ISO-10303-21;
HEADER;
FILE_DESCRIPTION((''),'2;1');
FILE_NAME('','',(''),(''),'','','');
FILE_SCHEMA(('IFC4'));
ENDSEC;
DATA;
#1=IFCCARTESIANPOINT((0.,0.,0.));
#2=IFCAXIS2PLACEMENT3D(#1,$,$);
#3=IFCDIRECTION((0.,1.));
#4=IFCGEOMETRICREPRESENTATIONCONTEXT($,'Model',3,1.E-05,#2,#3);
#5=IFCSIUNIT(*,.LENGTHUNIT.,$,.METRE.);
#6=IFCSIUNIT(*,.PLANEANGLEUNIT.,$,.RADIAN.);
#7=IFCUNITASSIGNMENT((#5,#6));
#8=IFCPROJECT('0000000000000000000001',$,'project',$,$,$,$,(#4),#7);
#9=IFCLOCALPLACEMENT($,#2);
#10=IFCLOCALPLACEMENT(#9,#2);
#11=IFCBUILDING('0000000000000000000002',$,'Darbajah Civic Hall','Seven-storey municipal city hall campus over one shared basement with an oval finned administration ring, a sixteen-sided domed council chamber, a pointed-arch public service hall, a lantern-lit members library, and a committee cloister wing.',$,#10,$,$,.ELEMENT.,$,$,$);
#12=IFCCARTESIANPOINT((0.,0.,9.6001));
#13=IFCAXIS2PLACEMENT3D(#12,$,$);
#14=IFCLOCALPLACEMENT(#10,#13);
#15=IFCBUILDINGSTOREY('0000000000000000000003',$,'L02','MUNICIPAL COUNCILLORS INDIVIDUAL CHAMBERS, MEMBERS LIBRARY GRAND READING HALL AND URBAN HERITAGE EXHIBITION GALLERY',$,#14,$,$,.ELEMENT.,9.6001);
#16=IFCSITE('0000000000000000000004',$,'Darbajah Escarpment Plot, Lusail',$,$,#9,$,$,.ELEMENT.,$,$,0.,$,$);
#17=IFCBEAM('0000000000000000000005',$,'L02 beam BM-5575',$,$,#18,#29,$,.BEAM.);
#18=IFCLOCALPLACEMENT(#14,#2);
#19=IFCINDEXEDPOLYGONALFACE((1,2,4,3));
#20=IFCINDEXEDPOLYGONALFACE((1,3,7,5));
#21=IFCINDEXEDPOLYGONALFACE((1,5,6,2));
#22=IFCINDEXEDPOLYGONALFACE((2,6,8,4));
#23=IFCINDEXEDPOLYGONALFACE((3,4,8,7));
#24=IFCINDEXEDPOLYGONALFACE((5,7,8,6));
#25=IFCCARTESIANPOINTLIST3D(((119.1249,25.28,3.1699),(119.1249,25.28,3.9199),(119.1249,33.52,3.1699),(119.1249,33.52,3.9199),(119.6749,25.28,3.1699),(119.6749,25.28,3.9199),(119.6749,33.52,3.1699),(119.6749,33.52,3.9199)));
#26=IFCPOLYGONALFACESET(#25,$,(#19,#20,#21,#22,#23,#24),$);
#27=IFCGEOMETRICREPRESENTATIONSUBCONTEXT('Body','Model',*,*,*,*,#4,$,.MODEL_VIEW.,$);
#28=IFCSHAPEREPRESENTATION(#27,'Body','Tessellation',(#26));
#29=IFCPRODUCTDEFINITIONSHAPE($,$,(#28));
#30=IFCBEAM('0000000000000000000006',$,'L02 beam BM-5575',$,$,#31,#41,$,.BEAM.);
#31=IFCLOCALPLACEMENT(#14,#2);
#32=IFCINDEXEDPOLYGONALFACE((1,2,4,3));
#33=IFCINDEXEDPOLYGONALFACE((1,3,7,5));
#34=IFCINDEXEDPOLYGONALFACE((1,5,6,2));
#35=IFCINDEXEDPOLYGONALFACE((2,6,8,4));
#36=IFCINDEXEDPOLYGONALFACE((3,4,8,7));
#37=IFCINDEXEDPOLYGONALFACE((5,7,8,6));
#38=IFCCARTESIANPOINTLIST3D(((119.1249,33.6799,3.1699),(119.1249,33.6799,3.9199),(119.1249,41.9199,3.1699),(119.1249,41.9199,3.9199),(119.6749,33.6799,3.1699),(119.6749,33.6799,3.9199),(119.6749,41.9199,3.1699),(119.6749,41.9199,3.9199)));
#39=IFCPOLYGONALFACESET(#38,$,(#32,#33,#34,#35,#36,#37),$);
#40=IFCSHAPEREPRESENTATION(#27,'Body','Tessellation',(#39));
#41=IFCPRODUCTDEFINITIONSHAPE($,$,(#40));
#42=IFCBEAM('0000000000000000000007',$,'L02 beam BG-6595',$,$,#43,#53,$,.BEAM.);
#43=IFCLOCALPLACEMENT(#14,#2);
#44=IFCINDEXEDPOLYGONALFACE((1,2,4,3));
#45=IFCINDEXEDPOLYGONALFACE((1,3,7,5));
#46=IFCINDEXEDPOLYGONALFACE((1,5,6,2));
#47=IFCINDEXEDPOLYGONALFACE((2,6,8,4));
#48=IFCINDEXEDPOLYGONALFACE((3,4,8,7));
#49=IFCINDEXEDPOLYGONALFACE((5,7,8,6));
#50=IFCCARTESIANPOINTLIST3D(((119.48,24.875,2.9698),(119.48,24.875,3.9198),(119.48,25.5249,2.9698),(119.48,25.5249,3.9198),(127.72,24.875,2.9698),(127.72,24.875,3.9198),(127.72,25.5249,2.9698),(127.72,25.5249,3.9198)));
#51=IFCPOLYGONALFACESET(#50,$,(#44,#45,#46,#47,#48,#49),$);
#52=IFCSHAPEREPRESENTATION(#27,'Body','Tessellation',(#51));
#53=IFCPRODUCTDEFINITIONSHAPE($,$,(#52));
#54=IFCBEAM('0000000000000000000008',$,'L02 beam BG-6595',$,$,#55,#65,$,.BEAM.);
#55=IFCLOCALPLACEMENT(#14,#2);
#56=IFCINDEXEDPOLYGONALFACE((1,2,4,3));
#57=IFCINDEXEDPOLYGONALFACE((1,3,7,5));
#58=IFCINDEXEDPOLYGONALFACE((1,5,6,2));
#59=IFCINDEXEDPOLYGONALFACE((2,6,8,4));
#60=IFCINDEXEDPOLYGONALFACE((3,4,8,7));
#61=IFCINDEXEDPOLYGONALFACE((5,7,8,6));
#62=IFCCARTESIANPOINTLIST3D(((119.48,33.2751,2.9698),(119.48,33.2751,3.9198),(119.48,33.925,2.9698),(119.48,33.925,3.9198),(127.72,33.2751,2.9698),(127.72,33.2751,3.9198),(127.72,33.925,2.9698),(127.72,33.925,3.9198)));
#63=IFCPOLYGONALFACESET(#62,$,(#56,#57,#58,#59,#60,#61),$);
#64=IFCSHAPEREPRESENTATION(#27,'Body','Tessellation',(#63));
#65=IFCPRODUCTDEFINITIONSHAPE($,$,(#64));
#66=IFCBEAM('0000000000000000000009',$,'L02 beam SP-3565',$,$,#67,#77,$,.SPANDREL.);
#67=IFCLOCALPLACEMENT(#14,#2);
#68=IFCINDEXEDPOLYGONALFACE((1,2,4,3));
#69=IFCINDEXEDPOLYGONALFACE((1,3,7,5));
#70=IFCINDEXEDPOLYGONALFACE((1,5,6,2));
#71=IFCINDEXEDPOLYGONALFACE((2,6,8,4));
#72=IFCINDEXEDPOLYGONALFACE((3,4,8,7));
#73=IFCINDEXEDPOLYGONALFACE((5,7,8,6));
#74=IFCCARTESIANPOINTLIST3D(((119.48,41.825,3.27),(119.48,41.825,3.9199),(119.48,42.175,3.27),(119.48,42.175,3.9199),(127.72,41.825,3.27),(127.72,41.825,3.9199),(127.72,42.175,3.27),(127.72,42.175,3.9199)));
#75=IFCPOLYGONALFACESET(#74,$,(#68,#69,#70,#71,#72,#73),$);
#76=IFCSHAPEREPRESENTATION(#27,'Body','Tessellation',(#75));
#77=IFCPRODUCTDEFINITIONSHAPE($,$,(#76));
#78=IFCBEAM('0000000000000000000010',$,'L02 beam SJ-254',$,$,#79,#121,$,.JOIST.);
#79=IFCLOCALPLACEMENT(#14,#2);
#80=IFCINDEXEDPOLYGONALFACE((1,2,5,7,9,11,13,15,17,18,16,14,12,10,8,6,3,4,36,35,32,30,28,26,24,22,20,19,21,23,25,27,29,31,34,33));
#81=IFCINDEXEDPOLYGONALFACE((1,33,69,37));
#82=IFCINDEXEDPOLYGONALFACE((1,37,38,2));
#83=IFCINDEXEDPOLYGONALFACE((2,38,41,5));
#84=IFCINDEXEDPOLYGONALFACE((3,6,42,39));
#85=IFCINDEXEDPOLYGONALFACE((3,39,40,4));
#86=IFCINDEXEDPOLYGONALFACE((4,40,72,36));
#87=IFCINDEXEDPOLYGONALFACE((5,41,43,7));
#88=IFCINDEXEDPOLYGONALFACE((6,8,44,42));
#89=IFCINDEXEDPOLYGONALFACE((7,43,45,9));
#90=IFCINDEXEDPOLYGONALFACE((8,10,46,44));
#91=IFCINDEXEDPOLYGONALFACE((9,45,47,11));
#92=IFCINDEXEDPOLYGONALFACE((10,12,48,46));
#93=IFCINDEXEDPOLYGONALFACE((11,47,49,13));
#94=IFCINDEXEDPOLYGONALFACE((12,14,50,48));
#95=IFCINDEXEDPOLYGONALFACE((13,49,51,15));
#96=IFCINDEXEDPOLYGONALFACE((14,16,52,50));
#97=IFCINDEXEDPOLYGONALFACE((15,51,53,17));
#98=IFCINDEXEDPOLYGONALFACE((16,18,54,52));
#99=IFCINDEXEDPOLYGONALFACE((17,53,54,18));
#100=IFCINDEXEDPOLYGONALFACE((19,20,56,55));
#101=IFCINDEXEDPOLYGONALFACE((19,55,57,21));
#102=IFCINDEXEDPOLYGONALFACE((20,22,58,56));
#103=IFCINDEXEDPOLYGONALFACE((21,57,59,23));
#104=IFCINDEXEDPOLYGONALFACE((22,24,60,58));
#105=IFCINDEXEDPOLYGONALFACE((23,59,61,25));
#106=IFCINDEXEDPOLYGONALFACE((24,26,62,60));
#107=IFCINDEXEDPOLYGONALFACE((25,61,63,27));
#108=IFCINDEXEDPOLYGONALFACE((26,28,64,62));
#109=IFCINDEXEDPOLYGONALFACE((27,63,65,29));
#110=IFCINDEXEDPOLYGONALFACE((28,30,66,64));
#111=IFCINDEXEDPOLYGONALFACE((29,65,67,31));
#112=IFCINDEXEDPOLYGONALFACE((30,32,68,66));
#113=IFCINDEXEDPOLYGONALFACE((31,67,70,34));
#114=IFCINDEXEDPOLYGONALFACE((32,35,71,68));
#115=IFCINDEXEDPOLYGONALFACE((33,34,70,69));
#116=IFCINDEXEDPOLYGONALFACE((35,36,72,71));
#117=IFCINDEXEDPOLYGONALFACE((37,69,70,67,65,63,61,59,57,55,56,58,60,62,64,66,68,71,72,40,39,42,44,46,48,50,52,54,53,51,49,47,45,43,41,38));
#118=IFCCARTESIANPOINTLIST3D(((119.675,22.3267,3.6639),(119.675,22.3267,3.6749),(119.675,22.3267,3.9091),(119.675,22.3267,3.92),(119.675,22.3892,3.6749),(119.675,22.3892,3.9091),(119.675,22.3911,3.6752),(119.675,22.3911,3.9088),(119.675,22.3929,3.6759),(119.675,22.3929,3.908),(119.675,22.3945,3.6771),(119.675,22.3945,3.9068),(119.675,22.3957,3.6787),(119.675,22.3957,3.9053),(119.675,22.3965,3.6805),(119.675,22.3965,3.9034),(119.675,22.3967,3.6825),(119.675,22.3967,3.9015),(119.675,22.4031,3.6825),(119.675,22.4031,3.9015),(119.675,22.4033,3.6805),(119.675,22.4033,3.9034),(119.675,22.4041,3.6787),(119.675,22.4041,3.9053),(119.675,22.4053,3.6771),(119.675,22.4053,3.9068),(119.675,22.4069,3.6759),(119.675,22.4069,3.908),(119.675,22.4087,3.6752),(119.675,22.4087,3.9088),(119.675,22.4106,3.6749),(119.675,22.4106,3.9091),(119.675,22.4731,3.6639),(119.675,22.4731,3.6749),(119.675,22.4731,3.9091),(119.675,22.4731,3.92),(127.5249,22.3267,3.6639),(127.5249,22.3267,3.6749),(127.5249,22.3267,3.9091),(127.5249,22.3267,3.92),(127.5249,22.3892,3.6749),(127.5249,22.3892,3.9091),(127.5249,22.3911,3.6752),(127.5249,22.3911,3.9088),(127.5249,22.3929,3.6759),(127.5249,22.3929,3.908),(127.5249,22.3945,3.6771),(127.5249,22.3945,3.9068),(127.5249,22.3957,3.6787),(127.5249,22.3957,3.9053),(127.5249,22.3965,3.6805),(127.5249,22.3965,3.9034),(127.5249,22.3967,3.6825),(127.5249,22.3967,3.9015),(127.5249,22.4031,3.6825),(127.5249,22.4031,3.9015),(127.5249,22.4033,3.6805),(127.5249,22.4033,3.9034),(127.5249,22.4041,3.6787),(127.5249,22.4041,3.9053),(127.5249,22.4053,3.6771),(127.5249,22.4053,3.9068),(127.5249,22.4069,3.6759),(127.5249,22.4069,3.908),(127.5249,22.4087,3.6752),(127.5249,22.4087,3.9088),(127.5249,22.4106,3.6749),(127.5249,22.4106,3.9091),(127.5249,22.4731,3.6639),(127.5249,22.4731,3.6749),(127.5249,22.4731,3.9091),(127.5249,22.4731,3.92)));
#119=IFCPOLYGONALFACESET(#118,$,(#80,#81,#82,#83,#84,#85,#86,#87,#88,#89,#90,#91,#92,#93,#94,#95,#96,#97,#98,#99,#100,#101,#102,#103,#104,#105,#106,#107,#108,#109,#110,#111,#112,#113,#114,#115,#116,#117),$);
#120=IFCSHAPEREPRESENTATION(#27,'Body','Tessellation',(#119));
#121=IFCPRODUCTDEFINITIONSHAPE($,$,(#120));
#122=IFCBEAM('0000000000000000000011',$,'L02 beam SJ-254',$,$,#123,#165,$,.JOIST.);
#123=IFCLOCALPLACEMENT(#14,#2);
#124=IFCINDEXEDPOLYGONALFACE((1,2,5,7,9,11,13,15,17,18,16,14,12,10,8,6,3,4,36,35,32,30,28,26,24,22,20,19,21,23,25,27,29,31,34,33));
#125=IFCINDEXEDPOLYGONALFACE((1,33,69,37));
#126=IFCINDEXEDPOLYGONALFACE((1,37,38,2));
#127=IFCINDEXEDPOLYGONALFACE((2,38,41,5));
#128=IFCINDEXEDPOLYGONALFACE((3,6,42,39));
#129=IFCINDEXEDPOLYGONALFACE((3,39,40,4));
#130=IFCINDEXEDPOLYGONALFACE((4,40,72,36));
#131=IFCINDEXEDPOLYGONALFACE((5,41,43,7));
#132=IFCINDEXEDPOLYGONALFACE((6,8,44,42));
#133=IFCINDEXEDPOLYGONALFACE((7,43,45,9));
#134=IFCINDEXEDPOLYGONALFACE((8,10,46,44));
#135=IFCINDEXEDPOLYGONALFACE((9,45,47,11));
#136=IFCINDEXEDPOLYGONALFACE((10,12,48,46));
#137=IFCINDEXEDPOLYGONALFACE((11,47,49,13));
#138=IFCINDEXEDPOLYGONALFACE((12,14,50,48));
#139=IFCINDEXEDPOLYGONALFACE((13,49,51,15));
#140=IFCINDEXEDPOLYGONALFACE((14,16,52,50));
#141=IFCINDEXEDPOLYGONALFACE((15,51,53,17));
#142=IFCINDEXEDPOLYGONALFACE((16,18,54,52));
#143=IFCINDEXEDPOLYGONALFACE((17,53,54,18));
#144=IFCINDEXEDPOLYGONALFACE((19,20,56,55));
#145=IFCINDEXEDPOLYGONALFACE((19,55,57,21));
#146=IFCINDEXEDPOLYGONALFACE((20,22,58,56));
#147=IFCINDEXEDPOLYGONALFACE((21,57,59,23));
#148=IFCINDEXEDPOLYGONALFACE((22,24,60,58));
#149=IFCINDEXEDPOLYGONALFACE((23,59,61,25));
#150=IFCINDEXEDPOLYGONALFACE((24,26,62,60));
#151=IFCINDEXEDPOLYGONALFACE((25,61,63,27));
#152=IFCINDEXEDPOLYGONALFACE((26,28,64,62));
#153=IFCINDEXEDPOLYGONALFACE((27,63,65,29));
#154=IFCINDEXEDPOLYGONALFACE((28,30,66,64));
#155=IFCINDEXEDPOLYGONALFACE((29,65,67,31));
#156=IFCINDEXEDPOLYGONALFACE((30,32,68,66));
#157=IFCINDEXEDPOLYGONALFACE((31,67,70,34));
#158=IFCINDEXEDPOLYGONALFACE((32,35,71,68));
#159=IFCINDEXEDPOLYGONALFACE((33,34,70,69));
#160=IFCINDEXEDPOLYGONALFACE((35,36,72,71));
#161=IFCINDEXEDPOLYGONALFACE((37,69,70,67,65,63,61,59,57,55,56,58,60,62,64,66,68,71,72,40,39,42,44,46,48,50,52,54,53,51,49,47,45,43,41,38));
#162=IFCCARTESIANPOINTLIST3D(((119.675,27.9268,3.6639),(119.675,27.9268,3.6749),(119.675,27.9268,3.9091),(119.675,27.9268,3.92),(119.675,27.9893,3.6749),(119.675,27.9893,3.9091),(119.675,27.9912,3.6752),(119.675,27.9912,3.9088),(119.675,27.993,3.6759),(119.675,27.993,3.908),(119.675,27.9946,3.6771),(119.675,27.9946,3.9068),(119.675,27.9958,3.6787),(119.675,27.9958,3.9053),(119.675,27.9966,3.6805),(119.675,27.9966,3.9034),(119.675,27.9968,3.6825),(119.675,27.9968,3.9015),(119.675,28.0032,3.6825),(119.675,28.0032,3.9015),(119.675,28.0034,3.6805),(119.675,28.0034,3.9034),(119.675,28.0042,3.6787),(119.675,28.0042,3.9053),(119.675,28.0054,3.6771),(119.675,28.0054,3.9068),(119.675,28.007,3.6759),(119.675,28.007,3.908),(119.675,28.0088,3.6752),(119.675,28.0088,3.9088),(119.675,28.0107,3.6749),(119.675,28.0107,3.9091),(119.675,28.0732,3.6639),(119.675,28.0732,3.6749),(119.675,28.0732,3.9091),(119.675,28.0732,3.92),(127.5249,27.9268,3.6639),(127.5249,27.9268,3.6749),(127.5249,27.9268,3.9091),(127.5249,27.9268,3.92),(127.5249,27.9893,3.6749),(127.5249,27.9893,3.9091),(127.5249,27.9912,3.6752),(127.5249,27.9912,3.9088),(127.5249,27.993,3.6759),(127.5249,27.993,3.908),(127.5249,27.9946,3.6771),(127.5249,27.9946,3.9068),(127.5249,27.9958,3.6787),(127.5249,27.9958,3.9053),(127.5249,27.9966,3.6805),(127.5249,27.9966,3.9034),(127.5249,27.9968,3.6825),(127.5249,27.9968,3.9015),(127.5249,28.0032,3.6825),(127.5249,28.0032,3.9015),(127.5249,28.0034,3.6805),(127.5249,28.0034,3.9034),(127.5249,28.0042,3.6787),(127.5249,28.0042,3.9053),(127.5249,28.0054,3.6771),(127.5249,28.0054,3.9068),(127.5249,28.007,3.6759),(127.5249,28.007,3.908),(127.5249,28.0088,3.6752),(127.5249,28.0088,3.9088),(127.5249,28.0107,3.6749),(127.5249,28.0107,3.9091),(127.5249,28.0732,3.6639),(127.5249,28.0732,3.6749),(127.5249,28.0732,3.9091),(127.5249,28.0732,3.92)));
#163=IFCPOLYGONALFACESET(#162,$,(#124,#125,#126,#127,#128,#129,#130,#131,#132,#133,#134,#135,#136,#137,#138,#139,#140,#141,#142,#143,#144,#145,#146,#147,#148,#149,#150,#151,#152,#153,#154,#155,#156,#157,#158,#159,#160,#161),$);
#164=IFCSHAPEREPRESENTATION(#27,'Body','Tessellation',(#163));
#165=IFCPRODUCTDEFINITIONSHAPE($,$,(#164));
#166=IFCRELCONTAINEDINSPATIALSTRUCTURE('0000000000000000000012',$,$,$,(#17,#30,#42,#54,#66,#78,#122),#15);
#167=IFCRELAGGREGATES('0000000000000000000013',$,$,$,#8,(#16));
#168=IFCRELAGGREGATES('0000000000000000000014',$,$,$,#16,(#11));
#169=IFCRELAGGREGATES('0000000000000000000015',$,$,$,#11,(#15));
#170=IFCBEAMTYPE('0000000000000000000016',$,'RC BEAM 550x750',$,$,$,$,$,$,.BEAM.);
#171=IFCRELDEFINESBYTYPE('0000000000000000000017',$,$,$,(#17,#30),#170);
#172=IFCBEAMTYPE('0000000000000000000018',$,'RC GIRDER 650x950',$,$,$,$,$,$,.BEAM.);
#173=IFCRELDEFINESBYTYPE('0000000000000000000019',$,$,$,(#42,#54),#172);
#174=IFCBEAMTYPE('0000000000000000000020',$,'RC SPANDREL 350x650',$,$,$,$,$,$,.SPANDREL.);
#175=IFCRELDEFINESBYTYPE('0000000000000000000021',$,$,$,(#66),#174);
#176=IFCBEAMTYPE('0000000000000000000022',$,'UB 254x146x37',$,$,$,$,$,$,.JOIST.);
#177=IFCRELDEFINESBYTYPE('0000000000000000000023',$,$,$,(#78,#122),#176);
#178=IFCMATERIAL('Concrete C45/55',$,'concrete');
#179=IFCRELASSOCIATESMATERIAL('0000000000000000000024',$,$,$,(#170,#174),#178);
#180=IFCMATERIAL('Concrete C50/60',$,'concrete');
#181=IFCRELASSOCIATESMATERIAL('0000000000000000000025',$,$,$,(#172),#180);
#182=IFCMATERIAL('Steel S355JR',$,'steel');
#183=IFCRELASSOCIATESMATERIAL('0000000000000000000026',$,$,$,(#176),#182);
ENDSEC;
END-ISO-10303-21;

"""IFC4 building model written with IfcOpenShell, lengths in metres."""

from ifc_helpers import new_model, si_unit, direction, frame, origin, origin_2d, place, context, subcontext, project, spatial, rectangle, i_section, extrude, material, material_profile, profile_set, type_object, element, save


model = new_model("IFC4")

# Units and contexts
model_context = context("Model", 3, precision=1e-05, world=origin(), true_north=direction((0.0, 1.0)))
body_context = subcontext(model_context, "Body", "Model", "MODEL_VIEW")
ifc_project = project(units=[si_unit("LENGTHUNIT", "METRE"), si_unit("PLANEANGLEUNIT", "RADIAN")], contexts=[model_context])

# Site, building, storey
site_placement = place(None, origin())
site = spatial("IfcSite", under=ifc_project, at=site_placement, Name="Darbajah Escarpment Plot, Lusail", CompositionType="ELEMENT", RefElevation=0.0)
building_placement = place(site_placement, origin())
building = spatial("IfcBuilding", under=site, at=building_placement, Name="Darbajah Civic Hall", Description="Seven-storey municipal city hall campus over one shared basement with an oval finned administration ring, a sixteen-sided domed council chamber, a pointed-arch public service hall, a lantern-lit members library, and a committee cloister wing.", CompositionType="ELEMENT")
storey_placement = place(building_placement, frame((0.0, 0.0, 9.6001)))
storey = spatial("IfcBuildingStorey", under=building, at=storey_placement, Name="L02", Description="MUNICIPAL COUNCILLORS INDIVIDUAL CHAMBERS, MEMBERS LIBRARY GRAND READING HALL AND URBAN HERITAGE EXHIBITION GALLERY", CompositionType="ELEMENT", Elevation=9.6001)

# Shared definitions
ifc_material_1 = material(Name="Steel S355JR", Category="steel")

# Beams
ifc_material_2 = material(Name="Concrete C45/55", Category="concrete")
ifc_material_profile_1 = material_profile(ifc_material_2, rectangle(XDim=0.55, YDim=0.75, at=origin_2d()), Name="RC BEAM 550x750")
ifc_profile_set_1 = profile_set([ifc_material_profile_1], Name="Concrete C45/55")
beam_type_1 = type_object("IfcBeamType", Name="RC BEAM 550x750", PredefinedType="BEAM", material=ifc_profile_set_1)
for number, where, z_axis, x_axis, name in (
    (1, (119.3999, 25.28, 3.5449), (0.0, 1.0, 0.0), (-1.0, 0.0, 0.0), "L02 beam BM-5575"),
    (2, (119.3999, 33.6799, 3.5449), (0.0, 1.0, 0.0), (-1.0, 0.0, 0.0), "L02 beam BM-5575"),
):
    element("IfcBeam", number, at=place(storey_placement, frame(where, z_axis=z_axis, x_axis=x_axis)), inside=storey, type_object=beam_type_1, Name=name, PredefinedType="BEAM", context=body_context, shape_type="SweptSolid", body=[
        extrude(rectangle(XDim=0.55, YDim=0.75, at=origin_2d()), origin(), (0.0, 0.0, 1.0), 8.24),
    ])
ifc_material_3 = material(Name="Concrete C50/60", Category="concrete")
ifc_material_profile_2 = material_profile(ifc_material_3, rectangle(XDim=0.6499, YDim=0.95, at=origin_2d()), Name="RC GIRDER 650x950")
ifc_profile_set_2 = profile_set([ifc_material_profile_2], Name="Concrete C50/60")
beam_type_2 = type_object("IfcBeamType", Name="RC GIRDER 650x950", PredefinedType="BEAM", material=ifc_profile_set_2)
for number, where, z_axis, x_axis, name in (
    (3, (119.48, 25.2, 3.4448), (1.0, 0.0, 0.0), (0.0, 1.0, 0.0), "L02 beam BG-6595"),
    (4, (119.48, 33.6001, 3.4448), (1.0, 0.0, 0.0), (0.0, 1.0, 0.0), "L02 beam BG-6595"),
):
    element("IfcBeam", number, at=place(storey_placement, frame(where, z_axis=z_axis, x_axis=x_axis)), inside=storey, type_object=beam_type_2, Name=name, PredefinedType="BEAM", context=body_context, shape_type="SweptSolid", body=[
        extrude(rectangle(XDim=0.6499, YDim=0.95, at=origin_2d()), origin(), (0.0, 0.0, 1.0), 8.24),
    ])
ifc_material_profile_3 = material_profile(ifc_material_2, rectangle(XDim=0.3501, YDim=0.6499, at=origin_2d()), Name="RC SPANDREL 350x650")
ifc_profile_set_3 = profile_set([ifc_material_profile_3], Name="Concrete C45/55")
beam_type_3 = type_object("IfcBeamType", Name="RC SPANDREL 350x650", PredefinedType="SPANDREL", material=ifc_profile_set_3)
beam_1_placement = place(storey_placement, frame((119.48, 42.0, 3.595), z_axis=(1.0, 0.0, 0.0), x_axis=(0.0, 1.0, 0.0)))
element("IfcBeam", 5, at=beam_1_placement, inside=storey, type_object=beam_type_3, Name="L02 beam SP-3565", PredefinedType="SPANDREL", context=body_context, shape_type="SweptSolid", body=[
    extrude(rectangle(XDim=0.3501, YDim=0.6499, at=origin_2d()), origin(), (0.0, 0.0, 1.0), 8.24),
])
ifc_material_profile_4 = material_profile(ifc_material_1, i_section(OverallWidth=0.1465, OverallDepth=0.2561, WebThickness=0.0063, FlangeThickness=0.011, FilletRadius=0.0076, at=origin_2d()), Name="UB 254x146x37")
ifc_profile_set_4 = profile_set([ifc_material_profile_4], Name="Steel S355JR")
beam_type_4 = type_object("IfcBeamType", Name="UB 254x146x37", PredefinedType="JOIST", material=ifc_profile_set_4)
for number, where, z_axis, x_axis, name in (
    (6, (119.675, 22.3999, 3.792), (1.0, 0.0, 0.0), (0.0, 1.0, 0.0), "L02 beam SJ-254"),
    (7, (119.675, 28.0, 3.792), (1.0, 0.0, 0.0), (0.0, 1.0, 0.0), "L02 beam SJ-254"),
):
    element("IfcBeam", number, at=place(storey_placement, frame(where, z_axis=z_axis, x_axis=x_axis)), inside=storey, type_object=beam_type_4, Name=name, PredefinedType="JOIST", context=body_context, shape_type="SweptSolid", body=[
        extrude(i_section(OverallWidth=0.1465, OverallDepth=0.2561, WebThickness=0.0063, FlangeThickness=0.011, FilletRadius=0.0076, at=origin_2d()), origin(), (0.0, 0.0, 1.0), 7.8499),
    ])

save(model, "model.ifc")
